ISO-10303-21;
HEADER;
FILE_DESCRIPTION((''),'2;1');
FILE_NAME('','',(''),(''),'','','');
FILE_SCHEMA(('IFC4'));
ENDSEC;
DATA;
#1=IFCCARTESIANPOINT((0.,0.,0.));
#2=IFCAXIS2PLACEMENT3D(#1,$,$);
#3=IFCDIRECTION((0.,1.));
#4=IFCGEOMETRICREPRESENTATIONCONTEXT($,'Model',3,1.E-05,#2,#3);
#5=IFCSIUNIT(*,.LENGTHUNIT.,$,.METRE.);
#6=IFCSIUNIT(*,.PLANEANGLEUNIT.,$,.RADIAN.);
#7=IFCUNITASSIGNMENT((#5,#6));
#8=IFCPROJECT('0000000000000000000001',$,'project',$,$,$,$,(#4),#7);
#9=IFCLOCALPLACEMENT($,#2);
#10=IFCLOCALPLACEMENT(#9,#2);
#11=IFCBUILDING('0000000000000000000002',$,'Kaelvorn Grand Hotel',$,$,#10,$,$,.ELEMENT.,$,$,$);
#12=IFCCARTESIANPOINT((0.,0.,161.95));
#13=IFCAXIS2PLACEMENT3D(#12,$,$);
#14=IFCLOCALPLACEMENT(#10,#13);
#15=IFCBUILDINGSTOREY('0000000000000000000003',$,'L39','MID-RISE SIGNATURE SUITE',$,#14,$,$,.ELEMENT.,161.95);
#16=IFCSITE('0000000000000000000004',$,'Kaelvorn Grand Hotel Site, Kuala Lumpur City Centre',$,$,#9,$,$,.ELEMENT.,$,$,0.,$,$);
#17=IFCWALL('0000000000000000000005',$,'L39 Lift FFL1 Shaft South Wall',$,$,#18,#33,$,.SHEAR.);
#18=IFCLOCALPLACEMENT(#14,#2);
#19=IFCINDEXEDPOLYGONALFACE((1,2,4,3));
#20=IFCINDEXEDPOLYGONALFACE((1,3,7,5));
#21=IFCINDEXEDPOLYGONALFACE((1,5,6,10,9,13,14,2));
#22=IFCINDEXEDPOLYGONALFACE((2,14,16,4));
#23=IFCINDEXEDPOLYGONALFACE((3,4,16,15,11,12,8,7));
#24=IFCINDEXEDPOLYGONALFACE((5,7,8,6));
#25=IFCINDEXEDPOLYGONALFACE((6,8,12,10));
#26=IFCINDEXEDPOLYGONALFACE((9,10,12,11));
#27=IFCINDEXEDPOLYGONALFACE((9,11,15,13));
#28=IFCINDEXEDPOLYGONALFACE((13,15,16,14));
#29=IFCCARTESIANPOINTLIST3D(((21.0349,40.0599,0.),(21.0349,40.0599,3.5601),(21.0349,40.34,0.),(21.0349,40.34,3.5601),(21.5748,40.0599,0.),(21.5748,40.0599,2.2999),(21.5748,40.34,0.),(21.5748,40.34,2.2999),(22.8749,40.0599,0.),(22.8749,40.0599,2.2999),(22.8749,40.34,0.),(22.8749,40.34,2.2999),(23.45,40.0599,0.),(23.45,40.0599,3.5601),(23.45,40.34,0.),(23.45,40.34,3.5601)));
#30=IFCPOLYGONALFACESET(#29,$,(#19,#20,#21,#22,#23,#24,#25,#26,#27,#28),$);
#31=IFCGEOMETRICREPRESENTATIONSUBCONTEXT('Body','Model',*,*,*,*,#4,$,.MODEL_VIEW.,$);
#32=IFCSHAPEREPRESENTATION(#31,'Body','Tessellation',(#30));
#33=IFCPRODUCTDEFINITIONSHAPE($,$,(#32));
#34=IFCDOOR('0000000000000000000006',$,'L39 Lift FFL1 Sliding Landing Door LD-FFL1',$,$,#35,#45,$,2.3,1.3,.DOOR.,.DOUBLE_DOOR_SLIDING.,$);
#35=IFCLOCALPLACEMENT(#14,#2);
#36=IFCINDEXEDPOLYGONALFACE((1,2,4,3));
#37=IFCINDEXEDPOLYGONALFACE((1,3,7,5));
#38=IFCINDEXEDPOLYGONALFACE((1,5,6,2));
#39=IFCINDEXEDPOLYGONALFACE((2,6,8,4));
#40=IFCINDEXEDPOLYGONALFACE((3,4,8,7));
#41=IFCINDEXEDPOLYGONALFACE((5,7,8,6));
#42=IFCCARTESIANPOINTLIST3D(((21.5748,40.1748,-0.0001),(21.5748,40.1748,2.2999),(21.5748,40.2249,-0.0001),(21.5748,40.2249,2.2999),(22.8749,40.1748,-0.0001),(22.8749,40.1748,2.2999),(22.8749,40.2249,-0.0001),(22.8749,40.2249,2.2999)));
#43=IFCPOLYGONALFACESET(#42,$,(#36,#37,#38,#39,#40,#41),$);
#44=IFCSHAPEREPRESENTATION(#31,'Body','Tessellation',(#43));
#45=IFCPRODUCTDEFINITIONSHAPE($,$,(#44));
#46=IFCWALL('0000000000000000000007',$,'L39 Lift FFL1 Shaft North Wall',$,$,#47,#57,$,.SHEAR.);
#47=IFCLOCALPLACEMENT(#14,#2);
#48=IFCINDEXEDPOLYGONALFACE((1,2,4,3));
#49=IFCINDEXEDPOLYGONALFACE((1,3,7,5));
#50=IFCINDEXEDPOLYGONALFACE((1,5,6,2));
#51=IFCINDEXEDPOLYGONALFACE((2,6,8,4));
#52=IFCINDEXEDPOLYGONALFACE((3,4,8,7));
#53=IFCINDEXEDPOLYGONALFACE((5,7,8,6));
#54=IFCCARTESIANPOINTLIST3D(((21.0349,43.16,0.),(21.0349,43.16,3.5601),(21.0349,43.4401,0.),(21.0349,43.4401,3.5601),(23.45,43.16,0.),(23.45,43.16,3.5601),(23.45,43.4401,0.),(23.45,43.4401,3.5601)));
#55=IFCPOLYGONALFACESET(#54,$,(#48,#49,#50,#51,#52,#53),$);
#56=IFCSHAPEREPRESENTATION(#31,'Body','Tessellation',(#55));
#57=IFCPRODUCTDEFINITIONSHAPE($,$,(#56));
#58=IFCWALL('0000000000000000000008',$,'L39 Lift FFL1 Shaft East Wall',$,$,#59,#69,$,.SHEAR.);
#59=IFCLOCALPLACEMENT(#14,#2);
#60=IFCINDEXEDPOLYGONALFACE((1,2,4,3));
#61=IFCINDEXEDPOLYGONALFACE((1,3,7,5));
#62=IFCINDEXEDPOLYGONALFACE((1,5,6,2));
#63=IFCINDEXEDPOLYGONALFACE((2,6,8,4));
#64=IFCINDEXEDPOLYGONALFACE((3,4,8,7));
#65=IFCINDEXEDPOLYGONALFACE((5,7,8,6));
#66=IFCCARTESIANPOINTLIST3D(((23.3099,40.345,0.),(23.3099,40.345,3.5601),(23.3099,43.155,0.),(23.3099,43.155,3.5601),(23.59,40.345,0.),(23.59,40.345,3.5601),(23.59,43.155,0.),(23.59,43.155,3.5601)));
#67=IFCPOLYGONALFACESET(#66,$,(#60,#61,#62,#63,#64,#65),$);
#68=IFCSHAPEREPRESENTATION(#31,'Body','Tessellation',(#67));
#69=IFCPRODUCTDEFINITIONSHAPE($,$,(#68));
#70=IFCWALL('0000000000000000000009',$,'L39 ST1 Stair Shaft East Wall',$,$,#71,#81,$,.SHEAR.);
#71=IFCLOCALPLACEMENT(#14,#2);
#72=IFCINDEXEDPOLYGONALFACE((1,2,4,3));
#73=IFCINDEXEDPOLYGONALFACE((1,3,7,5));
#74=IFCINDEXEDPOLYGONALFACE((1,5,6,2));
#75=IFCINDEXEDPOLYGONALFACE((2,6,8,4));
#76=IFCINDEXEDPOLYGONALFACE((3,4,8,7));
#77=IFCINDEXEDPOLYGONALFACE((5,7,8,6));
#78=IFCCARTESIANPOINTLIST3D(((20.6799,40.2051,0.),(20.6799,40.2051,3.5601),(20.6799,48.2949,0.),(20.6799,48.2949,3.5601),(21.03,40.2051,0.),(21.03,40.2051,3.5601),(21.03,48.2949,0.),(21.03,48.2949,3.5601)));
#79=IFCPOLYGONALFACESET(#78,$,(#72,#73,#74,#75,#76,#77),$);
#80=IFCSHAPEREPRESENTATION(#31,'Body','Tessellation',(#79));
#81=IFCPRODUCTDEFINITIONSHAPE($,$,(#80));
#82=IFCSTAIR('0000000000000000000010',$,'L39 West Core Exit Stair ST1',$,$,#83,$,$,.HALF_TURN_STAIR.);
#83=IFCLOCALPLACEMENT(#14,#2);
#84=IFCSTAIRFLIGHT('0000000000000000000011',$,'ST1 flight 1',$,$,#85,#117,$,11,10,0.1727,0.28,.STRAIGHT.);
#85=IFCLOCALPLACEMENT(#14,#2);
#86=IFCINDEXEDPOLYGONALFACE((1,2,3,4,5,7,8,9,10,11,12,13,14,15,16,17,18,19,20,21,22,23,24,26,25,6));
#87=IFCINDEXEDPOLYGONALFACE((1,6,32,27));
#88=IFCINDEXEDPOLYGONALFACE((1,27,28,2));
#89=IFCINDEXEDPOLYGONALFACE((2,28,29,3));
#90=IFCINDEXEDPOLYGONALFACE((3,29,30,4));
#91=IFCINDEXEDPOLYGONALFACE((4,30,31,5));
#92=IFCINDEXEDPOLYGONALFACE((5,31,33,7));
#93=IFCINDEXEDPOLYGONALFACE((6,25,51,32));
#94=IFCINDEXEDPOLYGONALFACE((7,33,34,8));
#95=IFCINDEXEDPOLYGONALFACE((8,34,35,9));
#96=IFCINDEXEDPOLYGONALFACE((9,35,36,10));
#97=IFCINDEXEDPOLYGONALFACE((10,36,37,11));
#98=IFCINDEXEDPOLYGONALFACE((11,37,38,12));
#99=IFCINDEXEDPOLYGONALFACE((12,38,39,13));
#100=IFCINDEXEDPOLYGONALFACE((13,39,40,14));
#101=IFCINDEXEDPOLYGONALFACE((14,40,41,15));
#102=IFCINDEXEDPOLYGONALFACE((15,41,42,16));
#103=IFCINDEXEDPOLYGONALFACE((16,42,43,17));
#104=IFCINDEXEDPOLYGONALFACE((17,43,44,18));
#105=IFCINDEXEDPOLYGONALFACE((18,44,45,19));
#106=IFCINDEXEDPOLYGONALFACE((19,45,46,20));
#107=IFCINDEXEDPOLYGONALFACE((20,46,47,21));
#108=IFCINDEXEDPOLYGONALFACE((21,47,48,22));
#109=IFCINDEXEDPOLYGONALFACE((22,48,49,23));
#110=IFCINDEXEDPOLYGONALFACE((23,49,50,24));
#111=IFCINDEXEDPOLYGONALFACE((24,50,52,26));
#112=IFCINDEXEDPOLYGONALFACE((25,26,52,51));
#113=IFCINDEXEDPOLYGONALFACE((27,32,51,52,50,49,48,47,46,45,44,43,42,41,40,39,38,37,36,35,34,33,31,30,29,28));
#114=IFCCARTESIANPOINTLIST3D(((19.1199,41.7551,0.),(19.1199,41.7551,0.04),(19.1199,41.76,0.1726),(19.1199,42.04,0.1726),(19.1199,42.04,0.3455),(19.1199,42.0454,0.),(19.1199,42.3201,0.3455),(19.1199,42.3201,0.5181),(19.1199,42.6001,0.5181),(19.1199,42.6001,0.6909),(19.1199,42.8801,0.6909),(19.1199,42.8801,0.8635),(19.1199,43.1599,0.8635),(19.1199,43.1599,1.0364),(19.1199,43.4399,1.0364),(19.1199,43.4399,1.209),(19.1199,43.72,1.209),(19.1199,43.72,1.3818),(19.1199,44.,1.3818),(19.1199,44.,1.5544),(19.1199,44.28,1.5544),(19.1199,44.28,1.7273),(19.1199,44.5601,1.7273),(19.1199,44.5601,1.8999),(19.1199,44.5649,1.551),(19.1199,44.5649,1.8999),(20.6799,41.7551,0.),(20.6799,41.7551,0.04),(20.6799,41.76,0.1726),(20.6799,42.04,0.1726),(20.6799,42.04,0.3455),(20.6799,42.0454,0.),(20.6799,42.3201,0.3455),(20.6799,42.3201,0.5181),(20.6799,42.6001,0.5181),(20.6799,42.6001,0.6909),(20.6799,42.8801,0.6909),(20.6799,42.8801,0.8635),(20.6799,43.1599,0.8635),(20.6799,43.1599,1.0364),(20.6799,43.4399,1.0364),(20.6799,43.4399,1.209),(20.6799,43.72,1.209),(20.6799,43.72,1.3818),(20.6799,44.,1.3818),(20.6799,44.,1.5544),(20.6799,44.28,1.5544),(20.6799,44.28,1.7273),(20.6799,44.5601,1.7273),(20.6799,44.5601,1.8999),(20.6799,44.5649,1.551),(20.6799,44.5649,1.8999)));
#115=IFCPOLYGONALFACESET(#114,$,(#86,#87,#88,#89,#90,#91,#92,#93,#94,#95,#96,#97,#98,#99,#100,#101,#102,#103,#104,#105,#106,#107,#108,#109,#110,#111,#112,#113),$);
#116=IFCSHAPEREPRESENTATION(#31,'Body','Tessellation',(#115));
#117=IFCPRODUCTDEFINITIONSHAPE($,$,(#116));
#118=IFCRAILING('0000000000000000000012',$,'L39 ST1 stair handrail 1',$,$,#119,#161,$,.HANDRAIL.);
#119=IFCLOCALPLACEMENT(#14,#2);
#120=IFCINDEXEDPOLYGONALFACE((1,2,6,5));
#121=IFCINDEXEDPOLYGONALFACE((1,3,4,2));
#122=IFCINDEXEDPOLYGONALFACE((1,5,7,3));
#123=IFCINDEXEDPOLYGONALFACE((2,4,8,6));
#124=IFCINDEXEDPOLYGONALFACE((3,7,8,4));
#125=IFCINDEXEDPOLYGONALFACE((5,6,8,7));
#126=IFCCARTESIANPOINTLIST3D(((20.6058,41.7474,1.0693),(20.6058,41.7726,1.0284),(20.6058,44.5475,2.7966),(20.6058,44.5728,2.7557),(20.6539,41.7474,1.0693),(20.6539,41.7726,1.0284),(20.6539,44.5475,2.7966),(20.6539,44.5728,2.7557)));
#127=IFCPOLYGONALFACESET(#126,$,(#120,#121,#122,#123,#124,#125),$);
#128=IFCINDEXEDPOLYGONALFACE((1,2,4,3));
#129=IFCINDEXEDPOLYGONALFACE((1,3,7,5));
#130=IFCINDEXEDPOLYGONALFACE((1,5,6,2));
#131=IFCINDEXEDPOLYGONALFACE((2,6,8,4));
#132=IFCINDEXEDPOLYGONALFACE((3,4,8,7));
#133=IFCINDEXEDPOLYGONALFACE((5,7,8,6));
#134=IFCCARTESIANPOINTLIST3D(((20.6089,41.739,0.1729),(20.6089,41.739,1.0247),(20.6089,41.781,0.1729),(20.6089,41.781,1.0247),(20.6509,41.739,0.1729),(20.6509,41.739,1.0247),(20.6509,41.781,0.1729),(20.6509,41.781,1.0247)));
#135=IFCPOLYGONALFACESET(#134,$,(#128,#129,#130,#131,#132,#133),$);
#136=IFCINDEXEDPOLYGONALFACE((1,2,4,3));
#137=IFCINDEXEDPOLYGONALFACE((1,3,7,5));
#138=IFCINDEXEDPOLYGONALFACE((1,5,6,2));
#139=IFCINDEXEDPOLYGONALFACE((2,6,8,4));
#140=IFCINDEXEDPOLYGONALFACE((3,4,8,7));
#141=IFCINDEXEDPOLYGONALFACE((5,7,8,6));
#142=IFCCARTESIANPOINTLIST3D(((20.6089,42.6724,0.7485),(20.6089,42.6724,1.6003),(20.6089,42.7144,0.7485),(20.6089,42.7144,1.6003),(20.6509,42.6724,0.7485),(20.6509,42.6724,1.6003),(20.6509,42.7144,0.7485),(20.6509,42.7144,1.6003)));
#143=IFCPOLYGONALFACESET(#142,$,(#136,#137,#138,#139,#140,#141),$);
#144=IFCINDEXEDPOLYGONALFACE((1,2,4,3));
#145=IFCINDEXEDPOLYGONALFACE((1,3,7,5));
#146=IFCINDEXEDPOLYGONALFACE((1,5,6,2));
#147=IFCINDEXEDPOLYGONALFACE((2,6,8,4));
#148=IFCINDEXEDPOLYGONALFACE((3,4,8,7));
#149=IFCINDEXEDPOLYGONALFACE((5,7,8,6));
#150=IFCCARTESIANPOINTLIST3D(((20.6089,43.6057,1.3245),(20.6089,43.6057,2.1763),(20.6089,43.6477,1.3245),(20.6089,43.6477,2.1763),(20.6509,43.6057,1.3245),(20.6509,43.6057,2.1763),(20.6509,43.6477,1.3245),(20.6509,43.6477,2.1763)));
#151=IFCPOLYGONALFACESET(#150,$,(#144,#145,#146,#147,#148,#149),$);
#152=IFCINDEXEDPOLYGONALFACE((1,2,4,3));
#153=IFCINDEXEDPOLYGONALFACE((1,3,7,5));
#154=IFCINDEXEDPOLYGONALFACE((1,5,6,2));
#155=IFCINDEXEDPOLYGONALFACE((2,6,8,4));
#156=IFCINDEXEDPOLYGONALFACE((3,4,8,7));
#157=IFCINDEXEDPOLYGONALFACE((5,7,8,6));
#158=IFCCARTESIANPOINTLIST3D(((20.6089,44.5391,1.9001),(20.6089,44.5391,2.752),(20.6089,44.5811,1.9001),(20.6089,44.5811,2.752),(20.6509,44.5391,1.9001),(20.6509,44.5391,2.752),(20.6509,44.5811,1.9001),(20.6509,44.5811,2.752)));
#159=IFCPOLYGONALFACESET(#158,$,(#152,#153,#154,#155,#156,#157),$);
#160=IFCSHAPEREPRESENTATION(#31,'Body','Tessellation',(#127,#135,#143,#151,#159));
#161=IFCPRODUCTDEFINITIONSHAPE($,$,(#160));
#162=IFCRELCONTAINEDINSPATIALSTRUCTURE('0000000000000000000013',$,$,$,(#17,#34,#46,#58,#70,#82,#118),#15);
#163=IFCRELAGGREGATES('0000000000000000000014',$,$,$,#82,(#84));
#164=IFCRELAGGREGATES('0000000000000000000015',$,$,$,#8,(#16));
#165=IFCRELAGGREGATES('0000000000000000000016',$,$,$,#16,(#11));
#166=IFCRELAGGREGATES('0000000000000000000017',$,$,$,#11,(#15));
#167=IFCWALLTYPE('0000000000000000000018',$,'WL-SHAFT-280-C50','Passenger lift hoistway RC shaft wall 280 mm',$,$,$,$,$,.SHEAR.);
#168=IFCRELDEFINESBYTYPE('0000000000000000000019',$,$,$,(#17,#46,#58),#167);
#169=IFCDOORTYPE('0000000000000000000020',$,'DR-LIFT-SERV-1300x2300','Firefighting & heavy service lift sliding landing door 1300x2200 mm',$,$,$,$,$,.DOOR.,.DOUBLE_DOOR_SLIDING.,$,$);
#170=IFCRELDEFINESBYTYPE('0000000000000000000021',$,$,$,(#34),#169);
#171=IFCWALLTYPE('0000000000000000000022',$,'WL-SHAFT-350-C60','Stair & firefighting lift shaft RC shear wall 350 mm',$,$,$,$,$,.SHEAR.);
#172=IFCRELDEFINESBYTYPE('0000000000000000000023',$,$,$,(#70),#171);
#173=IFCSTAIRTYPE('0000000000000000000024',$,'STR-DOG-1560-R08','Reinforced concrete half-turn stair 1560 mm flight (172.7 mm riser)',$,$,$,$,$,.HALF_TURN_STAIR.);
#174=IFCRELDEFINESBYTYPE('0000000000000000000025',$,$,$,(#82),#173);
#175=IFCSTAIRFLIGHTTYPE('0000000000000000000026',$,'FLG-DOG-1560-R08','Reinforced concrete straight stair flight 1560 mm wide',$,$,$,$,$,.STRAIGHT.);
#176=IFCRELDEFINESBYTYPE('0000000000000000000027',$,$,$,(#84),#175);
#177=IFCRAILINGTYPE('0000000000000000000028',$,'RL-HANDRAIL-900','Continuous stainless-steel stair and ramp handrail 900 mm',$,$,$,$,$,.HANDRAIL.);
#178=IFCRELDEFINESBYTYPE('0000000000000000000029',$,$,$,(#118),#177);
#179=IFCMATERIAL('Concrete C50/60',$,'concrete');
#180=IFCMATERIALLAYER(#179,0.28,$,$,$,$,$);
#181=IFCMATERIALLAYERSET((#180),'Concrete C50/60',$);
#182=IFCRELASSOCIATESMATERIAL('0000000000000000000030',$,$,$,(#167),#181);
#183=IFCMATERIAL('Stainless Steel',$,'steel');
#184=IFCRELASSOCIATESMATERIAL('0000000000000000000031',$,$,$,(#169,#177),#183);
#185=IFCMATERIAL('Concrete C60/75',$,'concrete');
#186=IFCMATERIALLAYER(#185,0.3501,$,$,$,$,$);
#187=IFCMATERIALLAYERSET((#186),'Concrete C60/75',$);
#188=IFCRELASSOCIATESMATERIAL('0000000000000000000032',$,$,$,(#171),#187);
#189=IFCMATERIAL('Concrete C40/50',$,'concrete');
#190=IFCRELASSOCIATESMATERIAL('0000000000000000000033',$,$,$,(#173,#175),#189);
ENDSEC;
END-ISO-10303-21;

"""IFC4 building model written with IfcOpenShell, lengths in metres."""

from ifc_helpers import new_model, si_unit, direction, frame, frame_2d, origin, origin_2d, place, context, subcontext, project, spatial, polyline, rectangle, outline, extrude, material, layer, layer_set, type_object, element, fill, aggregate, save


model = new_model("IFC4")

# Units and contexts
model_context = context("Model", 3, precision=1e-05, world=origin(), true_north=direction((0.0, 1.0)))
body_context = subcontext(model_context, "Body", "Model", "MODEL_VIEW")
ifc_project = project(units=[si_unit("LENGTHUNIT", "METRE"), si_unit("PLANEANGLEUNIT", "RADIAN")], contexts=[model_context])

# Site, building, storey
site_placement = place(None, origin())
site = spatial("IfcSite", under=ifc_project, at=site_placement, Name="Kaelvorn Grand Hotel Site, Kuala Lumpur City Centre", CompositionType="ELEMENT", RefElevation=0.0)
building_placement = place(site_placement, origin())
building = spatial("IfcBuilding", under=site, at=building_placement, Name="Kaelvorn Grand Hotel", CompositionType="ELEMENT")
storey_placement = place(building_placement, frame((0.0, 0.0, 161.95)))
storey = spatial("IfcBuildingStorey", under=building, at=storey_placement, Name="L39", Description="MID-RISE SIGNATURE SUITE", CompositionType="ELEMENT", Elevation=161.95)

# Shared definitions
ifc_material_1 = material(Name="Concrete C60/75", Category="concrete")

# Shared definitions
ifc_material_2 = material(Name="Concrete C50/60", Category="concrete")

# Shared definitions
ifc_material_3 = material(Name="Concrete C40/50", Category="concrete")

# Wall, opening, door
ifc_layer_1 = layer(ifc_material_2, 0.28)
ifc_layer_set_1 = layer_set([ifc_layer_1], Name="Concrete C50/60")
wall_type_1 = type_object("IfcWallType", Name="WL-SHAFT-280-C50", Description="Passenger lift hoistway RC shaft wall 280 mm", PredefinedType="SHEAR", material=ifc_layer_set_1)
wall_1_placement = place(storey_placement, frame((21.0349, 40.2, 0.0), z_axis=(0.0, 0.0, 1.0), x_axis=(1.0, 0.0, 0.0)))
wall_1 = element("IfcWall", 1, at=wall_1_placement, inside=storey, type_object=wall_type_1, Name="L39 Lift FFL1 Shaft South Wall", PredefinedType="SHEAR", context=body_context, shape_type="SweptSolid", body=[
    extrude(rectangle(XDim=2.415, YDim=0.28, at=frame_2d((1.2075, 0.0))), origin(), (0.0, 0.0, 1.0), 3.5601),
])
opening_1_placement = place(wall_1_placement, frame((0.54, 0.0, 0.0)))
opening_1 = element("IfcOpeningElement", 2, at=opening_1_placement, cuts=wall_1, PredefinedType="OPENING", context=body_context, shape_type="SweptSolid", body=[
    extrude(rectangle(XDim=1.3, YDim=2.3, at=frame_2d((0.6499, 1.1499))), frame((0.0, 0.1499, 0.0), z_axis=(0.0, -1.0, 0.0), x_axis=(1.0, 0.0, 0.0)), (0.0, 0.0, 1.0), 0.3),
])
ifc_material_4 = material(Name="Stainless Steel", Category="steel")
door_type_1 = type_object("IfcDoorType", Name="DR-LIFT-SERV-1300x2300", Description="Firefighting & heavy service lift sliding landing door 1300x2200 mm", OperationType="DOUBLE_DOOR_SLIDING", PredefinedType="DOOR", material=ifc_material_4)
door_1_placement = place(opening_1_placement, origin())
door_1 = element("IfcDoor", 3, at=door_1_placement, inside=storey, type_object=door_type_1, Name="L39 Lift FFL1 Sliding Landing Door LD-FFL1", OperationType="DOUBLE_DOOR_SLIDING", OverallHeight=2.3, OverallWidth=1.3, PredefinedType="DOOR", context=body_context, shape_type="SweptSolid", body=[
    extrude(rectangle(XDim=1.3, YDim=2.3, at=frame_2d((0.6499, 1.1499))), frame((0.0, 0.0249, 0.0), z_axis=(0.0, -1.0, 0.0), x_axis=(1.0, 0.0, 0.0)), (0.0, 0.0, 1.0), 0.05),
])
fill(opening_1, door_1)

# Walls
wall_2_placement = place(storey_placement, frame((21.0349, 43.3, 0.0), z_axis=(0.0, 0.0, 1.0), x_axis=(1.0, 0.0, 0.0)))
element("IfcWall", 4, at=wall_2_placement, inside=storey, type_object=wall_type_1, Name="L39 Lift FFL1 Shaft North Wall", PredefinedType="SHEAR", context=body_context, shape_type="SweptSolid", body=[
    extrude(rectangle(XDim=2.415, YDim=0.28, at=frame_2d((1.2075, 0.0))), origin(), (0.0, 0.0, 1.0), 3.5601),
])
wall_3_placement = place(storey_placement, frame((23.45, 40.345, 0.0), z_axis=(0.0, 0.0, 1.0), x_axis=(0.0, 1.0, 0.0)))
element("IfcWall", 5, at=wall_3_placement, inside=storey, type_object=wall_type_1, Name="L39 Lift FFL1 Shaft East Wall", PredefinedType="SHEAR", context=body_context, shape_type="SweptSolid", body=[
    extrude(rectangle(XDim=2.8101, YDim=0.28, at=frame_2d((1.405, 0.0))), origin(), (0.0, 0.0, 1.0), 3.5601),
])
ifc_layer_2 = layer(ifc_material_1, 0.3501)
ifc_layer_set_2 = layer_set([ifc_layer_2], Name="Concrete C60/75")
wall_type_2 = type_object("IfcWallType", Name="WL-SHAFT-350-C60", Description="Stair & firefighting lift shaft RC shear wall 350 mm", PredefinedType="SHEAR", material=ifc_layer_set_2)
wall_4_placement = place(storey_placement, frame((20.855, 40.2051, 0.0), z_axis=(0.0, 0.0, 1.0), x_axis=(0.0, 1.0, 0.0)))
element("IfcWall", 6, at=wall_4_placement, inside=storey, type_object=wall_type_2, Name="L39 ST1 Stair Shaft East Wall", PredefinedType="SHEAR", context=body_context, shape_type="SweptSolid", body=[
    extrude(rectangle(XDim=8.0898, YDim=0.3501, at=frame_2d((4.0449, 0.0))), origin(), (0.0, 0.0, 1.0), 3.5601),
])

# Stair, stair flight
stair_type = type_object("IfcStairType", Name="STR-DOG-1560-R08", Description="Reinforced concrete half-turn stair 1560 mm flight (172.7 mm riser)", PredefinedType="HALF_TURN_STAIR", material=ifc_material_3)
stair_placement = place(storey_placement, origin())
stair = element("IfcStair", 7, at=stair_placement, inside=storey, type_object=stair_type, Name="L39 West Core Exit Stair ST1", PredefinedType="HALF_TURN_STAIR")
stair_flight_type = type_object("IfcStairFlightType", Name="FLG-DOG-1560-R08", Description="Reinforced concrete straight stair flight 1560 mm wide", PredefinedType="STRAIGHT", material=ifc_material_3)
stair_flight_placement = place(storey_placement, frame((19.8999, 41.76, 0.0), z_axis=(0.0, 0.0, 1.0), x_axis=(0.0, 1.0, 0.0)))
stair_flight = element("IfcStairFlight", 8, at=stair_flight_placement, type_object=stair_flight_type, Name="ST1 flight 1", NumberOfRisers=11, NumberOfTreads=10, PredefinedType="STRAIGHT", RiserHeight=0.1727, TreadLength=0.28, context=body_context, shape_type="SweptSolid", body=[
    extrude(outline(polyline([(-0.0049, 0.0), (-0.0049, 0.04), (0.0, 0.1726), (0.28, 0.1726), (0.28, 0.3455), (0.5601, 0.3455), (0.5601, 0.5181), (0.8401, 0.5181), (0.8401, 0.6909), (1.1201, 0.6909), (1.1201, 0.8635), (1.3999, 0.8635), (1.3999, 1.0364), (1.6799, 1.0364), (1.6799, 1.209), (1.96, 1.209), (1.96, 1.3818), (2.24, 1.3818), (2.24, 1.5544), (2.52, 1.5544), (2.52, 1.7273), (2.8, 1.7273), (2.8, 1.8999), (2.8049, 1.8999), (2.8049, 1.551), (0.2854, 0.0), (-0.0049, 0.0)])), frame((0.0, 0.78, 0.0), z_axis=(0.0, -1.0, 0.0), x_axis=(1.0, 0.0, 0.0)), (0.0, 0.0, 1.0), 1.5601),
])
aggregate(stair, [stair_flight])

# Railing
railing_type_1 = type_object("IfcRailingType", Name="RL-HANDRAIL-900", Description="Continuous stainless-steel stair and ramp handrail 900 mm", PredefinedType="HANDRAIL", material=ifc_material_4)
railing_1_placement = place(storey_placement, frame((20.6299, 41.76, 0.1729)))
element("IfcRailing", 9, at=railing_1_placement, inside=storey, type_object=railing_type_1, Name="L39 ST1 stair handrail 1", PredefinedType="HANDRAIL", context=body_context, shape_type="SweptSolid", body=[
    extrude(rectangle(XDim=0.0481, YDim=0.0481, at=origin_2d()), frame((0.0, 0.0, 0.876), z_axis=(0.0, 0.85109, 0.52502), x_axis=(-1.0, 0.0, 0.0)), (0.0, 0.0, 1.0), 3.29),
    extrude(rectangle(XDim=0.042, YDim=0.042, at=origin_2d()), origin(), (0.0, 0.0, 1.0), 0.8518),
    extrude(rectangle(XDim=0.042, YDim=0.042, at=origin_2d()), frame((0.0, 0.9333, 0.5757)), (0.0, 0.0, 1.0), 0.8518),
    extrude(rectangle(XDim=0.042, YDim=0.042, at=origin_2d()), frame((0.0, 1.8667, 1.1516)), (0.0, 0.0, 1.0), 0.8518),
    extrude(rectangle(XDim=0.042, YDim=0.042, at=origin_2d()), frame((0.0, 2.8, 1.7273)), (0.0, 0.0, 1.0), 0.8518),
])

save(model, "model.ifc")
